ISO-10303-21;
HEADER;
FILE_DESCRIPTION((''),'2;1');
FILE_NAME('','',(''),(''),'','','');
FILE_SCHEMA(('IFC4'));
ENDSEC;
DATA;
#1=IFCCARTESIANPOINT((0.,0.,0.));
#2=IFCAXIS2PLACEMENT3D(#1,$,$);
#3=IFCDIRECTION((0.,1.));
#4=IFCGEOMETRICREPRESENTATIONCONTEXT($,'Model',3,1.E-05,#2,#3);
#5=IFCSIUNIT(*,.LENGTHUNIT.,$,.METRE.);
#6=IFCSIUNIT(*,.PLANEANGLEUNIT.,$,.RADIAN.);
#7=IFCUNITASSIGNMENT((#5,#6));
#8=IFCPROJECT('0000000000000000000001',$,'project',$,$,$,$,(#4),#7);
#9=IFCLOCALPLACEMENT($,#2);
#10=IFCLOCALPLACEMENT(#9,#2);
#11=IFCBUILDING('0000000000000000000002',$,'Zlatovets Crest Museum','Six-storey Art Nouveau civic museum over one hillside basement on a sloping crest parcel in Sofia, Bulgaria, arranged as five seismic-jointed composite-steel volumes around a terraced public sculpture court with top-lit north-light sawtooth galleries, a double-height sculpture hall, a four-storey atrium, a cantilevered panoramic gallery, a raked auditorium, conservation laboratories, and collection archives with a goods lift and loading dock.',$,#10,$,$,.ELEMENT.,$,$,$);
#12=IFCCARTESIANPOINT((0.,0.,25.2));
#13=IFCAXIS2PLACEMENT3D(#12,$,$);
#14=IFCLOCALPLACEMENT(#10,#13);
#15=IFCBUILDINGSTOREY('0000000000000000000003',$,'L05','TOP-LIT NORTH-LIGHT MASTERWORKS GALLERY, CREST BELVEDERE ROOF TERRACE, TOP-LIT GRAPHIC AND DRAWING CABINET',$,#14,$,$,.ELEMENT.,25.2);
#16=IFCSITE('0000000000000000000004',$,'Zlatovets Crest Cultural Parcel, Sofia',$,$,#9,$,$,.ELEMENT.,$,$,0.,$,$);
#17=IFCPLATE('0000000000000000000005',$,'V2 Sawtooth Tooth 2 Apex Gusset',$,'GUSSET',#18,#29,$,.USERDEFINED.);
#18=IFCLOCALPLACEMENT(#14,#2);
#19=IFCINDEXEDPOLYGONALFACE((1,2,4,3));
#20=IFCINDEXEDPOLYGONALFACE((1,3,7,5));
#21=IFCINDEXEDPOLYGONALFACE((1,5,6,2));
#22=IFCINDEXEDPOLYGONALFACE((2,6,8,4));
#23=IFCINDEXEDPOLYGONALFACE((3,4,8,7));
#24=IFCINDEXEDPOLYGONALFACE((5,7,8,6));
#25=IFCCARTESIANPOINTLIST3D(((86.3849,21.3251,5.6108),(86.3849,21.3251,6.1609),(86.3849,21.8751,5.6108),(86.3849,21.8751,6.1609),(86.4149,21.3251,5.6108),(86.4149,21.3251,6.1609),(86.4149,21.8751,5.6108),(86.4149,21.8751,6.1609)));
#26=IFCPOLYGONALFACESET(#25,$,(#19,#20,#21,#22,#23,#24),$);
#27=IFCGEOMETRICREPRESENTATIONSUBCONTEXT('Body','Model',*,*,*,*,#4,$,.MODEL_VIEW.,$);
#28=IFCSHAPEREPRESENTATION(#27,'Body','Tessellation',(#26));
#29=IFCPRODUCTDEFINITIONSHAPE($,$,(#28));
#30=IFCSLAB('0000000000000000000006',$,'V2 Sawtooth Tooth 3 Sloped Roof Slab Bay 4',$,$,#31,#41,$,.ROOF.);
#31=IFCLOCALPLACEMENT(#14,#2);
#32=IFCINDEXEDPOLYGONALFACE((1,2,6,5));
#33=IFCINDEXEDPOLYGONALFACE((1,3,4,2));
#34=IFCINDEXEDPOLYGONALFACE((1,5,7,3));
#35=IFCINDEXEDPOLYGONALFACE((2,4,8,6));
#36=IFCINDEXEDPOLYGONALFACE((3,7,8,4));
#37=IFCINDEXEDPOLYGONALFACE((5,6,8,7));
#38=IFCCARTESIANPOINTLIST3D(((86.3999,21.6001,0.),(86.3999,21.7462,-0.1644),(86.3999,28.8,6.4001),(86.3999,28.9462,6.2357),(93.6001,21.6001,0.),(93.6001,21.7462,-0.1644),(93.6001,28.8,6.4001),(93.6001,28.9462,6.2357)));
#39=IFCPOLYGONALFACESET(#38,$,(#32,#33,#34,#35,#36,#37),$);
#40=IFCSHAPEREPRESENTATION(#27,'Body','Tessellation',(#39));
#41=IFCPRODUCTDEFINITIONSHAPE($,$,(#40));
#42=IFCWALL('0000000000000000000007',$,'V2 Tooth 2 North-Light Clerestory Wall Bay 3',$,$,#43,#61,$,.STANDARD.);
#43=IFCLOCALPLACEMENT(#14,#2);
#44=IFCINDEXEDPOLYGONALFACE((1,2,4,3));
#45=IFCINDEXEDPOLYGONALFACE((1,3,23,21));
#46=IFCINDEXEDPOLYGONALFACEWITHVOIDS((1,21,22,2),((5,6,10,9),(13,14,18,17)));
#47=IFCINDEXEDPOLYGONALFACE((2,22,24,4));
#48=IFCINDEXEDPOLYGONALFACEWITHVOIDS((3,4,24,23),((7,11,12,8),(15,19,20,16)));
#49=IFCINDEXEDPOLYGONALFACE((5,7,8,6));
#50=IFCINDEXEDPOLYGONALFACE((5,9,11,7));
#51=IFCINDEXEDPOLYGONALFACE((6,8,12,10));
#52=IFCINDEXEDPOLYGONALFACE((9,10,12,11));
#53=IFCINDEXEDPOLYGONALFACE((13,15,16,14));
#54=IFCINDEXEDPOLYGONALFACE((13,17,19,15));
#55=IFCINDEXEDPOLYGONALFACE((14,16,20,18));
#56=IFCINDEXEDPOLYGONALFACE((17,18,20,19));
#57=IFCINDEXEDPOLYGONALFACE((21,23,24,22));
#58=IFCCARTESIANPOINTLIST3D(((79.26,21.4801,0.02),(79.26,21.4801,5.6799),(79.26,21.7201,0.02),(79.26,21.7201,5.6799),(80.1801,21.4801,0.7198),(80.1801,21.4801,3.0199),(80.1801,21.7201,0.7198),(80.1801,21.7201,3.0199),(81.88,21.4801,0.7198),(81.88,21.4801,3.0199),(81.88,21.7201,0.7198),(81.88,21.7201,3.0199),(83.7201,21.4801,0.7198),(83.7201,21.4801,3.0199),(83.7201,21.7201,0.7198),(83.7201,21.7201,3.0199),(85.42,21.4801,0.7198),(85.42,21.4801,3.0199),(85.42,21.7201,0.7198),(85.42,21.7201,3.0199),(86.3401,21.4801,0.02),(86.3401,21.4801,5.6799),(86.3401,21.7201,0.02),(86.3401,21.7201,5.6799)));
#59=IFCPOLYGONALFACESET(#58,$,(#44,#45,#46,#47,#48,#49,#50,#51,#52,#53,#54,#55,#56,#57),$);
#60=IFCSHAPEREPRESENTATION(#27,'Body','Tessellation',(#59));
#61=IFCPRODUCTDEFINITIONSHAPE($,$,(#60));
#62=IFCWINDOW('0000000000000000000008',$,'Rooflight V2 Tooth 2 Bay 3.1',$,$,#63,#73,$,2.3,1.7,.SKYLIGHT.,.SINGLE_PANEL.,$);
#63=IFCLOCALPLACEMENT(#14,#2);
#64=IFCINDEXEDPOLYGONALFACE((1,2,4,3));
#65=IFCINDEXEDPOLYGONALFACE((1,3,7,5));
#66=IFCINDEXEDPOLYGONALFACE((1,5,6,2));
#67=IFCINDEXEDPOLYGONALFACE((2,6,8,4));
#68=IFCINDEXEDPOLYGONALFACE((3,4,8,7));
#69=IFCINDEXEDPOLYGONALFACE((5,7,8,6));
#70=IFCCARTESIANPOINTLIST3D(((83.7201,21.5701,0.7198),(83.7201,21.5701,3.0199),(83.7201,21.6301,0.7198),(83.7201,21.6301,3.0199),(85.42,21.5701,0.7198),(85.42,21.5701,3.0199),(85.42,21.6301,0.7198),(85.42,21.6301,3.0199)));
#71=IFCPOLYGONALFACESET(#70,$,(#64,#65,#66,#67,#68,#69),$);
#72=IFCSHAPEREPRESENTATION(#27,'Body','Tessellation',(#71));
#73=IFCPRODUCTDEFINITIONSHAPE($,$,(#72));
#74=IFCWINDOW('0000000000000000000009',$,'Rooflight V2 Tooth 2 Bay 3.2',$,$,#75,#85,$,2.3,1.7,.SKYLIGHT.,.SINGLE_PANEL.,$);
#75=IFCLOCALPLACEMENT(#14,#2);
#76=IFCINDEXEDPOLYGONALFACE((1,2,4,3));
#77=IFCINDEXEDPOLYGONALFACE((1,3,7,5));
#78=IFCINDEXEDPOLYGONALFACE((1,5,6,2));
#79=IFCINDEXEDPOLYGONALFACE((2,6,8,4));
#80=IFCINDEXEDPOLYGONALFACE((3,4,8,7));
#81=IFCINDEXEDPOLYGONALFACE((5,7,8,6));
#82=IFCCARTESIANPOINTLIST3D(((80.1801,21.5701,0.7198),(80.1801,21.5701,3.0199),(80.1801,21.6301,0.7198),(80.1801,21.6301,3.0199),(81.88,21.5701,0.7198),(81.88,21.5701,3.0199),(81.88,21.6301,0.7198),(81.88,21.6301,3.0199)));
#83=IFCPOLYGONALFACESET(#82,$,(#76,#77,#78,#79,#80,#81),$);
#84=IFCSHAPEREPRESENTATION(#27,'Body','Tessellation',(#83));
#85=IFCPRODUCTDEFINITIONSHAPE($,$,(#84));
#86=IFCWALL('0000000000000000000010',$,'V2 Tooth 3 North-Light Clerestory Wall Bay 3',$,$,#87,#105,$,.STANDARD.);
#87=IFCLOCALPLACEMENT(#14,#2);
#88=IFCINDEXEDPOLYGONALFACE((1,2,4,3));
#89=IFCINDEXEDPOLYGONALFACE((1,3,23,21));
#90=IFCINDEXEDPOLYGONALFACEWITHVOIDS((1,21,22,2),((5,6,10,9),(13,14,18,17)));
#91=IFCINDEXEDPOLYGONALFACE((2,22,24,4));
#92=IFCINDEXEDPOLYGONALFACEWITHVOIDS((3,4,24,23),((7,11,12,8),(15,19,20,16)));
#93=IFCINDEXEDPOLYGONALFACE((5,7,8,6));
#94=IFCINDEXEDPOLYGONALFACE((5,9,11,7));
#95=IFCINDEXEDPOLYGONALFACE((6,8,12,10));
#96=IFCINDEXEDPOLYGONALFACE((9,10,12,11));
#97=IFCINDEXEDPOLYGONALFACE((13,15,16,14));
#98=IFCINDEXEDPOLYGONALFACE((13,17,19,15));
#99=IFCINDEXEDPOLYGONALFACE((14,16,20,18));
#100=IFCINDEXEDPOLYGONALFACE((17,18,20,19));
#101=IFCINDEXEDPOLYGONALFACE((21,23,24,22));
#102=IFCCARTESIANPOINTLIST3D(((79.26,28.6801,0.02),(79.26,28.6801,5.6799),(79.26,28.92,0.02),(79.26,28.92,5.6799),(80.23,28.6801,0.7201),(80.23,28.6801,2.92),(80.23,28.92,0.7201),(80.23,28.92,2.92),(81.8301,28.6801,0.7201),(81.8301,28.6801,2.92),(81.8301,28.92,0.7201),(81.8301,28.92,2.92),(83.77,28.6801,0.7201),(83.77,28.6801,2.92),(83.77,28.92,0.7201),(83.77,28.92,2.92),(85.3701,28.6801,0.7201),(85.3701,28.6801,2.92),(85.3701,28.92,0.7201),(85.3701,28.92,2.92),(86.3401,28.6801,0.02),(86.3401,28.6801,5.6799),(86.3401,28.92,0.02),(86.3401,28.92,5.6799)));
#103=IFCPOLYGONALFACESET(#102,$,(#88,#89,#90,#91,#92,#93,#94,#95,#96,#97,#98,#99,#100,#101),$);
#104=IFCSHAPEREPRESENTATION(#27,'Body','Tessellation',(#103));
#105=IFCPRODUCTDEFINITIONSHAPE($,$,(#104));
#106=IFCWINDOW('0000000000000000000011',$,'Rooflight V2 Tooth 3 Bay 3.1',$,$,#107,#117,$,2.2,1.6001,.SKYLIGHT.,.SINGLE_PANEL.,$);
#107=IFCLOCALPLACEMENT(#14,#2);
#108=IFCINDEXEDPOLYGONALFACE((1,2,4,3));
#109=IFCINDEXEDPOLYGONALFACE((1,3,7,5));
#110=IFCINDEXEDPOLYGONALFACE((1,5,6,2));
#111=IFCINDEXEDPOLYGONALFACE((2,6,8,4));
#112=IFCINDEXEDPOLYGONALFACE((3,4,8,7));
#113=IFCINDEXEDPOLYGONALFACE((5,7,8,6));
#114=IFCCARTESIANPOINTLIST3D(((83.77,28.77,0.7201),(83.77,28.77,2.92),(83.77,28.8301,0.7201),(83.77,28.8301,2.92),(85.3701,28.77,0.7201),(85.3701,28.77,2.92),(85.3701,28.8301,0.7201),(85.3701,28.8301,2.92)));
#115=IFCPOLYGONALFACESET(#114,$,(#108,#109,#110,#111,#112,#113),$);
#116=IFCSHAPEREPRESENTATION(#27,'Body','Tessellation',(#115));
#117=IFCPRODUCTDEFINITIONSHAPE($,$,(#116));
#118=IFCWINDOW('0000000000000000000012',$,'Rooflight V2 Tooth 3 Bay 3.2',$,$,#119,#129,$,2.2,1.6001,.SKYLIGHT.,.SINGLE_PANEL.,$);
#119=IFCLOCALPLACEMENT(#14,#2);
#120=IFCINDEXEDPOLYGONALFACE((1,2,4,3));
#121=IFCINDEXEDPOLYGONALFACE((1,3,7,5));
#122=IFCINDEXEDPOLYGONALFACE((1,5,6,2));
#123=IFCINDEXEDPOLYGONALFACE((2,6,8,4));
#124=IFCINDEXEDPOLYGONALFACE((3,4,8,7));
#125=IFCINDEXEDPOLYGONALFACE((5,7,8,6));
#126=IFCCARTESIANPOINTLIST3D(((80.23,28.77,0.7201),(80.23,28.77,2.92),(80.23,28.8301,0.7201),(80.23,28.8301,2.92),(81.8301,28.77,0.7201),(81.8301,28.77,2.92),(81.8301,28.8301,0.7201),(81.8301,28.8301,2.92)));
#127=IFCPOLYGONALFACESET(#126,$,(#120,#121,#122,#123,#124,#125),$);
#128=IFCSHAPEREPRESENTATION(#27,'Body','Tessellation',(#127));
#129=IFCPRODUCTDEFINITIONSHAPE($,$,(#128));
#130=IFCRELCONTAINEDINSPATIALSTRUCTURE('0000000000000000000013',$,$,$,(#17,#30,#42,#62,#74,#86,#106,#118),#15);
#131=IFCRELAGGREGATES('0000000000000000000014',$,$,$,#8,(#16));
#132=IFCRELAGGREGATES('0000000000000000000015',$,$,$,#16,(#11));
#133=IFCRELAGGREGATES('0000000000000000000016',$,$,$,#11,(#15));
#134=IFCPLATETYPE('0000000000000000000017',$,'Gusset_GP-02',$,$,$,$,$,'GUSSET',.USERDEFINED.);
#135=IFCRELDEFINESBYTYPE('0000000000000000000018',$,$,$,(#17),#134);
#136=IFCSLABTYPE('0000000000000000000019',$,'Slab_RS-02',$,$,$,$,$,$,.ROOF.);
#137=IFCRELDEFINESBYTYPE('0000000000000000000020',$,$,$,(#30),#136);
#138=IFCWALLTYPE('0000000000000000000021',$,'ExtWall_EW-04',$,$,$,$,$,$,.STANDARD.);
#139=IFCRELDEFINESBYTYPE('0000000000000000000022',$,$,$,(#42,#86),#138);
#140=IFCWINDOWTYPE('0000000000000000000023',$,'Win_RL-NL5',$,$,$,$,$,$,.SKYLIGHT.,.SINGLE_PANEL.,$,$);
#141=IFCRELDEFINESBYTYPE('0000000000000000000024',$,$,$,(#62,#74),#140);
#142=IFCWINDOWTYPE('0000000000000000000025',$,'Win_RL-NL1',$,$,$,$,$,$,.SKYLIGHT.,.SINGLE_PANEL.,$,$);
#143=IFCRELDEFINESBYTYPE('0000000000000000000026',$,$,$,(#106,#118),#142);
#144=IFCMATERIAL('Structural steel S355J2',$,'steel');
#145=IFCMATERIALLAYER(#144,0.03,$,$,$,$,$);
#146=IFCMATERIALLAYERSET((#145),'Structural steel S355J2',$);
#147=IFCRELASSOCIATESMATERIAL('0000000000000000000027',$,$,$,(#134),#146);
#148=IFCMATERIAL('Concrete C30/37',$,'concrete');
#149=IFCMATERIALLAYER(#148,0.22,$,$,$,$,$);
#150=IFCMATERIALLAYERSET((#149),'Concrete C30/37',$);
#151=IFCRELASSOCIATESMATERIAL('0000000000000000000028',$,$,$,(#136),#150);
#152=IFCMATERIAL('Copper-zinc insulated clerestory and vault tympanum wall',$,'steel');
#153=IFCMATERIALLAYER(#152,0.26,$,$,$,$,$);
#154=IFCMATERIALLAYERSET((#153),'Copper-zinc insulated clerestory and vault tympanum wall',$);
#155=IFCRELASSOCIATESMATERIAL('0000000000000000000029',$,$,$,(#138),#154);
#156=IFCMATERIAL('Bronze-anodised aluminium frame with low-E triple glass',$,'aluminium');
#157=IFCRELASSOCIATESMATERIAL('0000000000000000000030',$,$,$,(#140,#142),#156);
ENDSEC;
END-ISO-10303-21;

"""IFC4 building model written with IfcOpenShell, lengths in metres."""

from ifc_helpers import new_model, si_unit, direction, frame, frame_2d, origin, origin_2d, place, context, subcontext, project, spatial, polyline, rectangle, outline, extrude, material, layer, layer_set, type_object, element, fill, save


model = new_model("IFC4")

# Units and contexts
model_context = context("Model", 3, precision=1e-05, world=origin(), true_north=direction((0.0, 1.0)))
body_context = subcontext(model_context, "Body", "Model", "MODEL_VIEW")
ifc_project = project(units=[si_unit("LENGTHUNIT", "METRE"), si_unit("PLANEANGLEUNIT", "RADIAN")], contexts=[model_context])

# Site, building, storey
site_placement = place(None, origin())
site = spatial("IfcSite", under=ifc_project, at=site_placement, Name="Zlatovets Crest Cultural Parcel, Sofia", CompositionType="ELEMENT", RefElevation=0.0)
building_placement = place(site_placement, origin())
building = spatial("IfcBuilding", under=site, at=building_placement, Name="Zlatovets Crest Museum", Description="Six-storey Art Nouveau civic museum over one hillside basement on a sloping crest parcel in Sofia, Bulgaria, arranged as five seismic-jointed composite-steel volumes around a terraced public sculpture court with top-lit north-light sawtooth galleries, a double-height sculpture hall, a four-storey atrium, a cantilevered panoramic gallery, a raked auditorium, conservation laboratories, and collection archives with a goods lift and loading dock.", CompositionType="ELEMENT")
storey_placement = place(building_placement, frame((0.0, 0.0, 25.2)))
storey = spatial("IfcBuildingStorey", under=building, at=storey_placement, Name="L05", Description="TOP-LIT NORTH-LIGHT MASTERWORKS GALLERY, CREST BELVEDERE ROOF TERRACE, TOP-LIT GRAPHIC AND DRAWING CABINET", CompositionType="ELEMENT", Elevation=25.2)

# Shared definitions
ifc_material_1 = material(Name="Structural steel S355J2", Category="steel")

# Plate
ifc_layer_1 = layer(ifc_material_1, 0.03)
ifc_layer_set_1 = layer_set([ifc_layer_1], Name="Structural steel S355J2")
plate_type = type_object("IfcPlateType", Name="Gusset_GP-02", ElementType="GUSSET", PredefinedType="USERDEFINED", material=ifc_layer_set_1)
plate_placement = place(storey_placement, frame((86.3999, 21.6001, 5.6108), z_axis=(0.0, 0.0, 1.0), x_axis=(1.0, 0.0, 0.0)))
element("IfcPlate", 1, at=plate_placement, inside=storey, type_object=plate_type, Name="V2 Sawtooth Tooth 2 Apex Gusset", ObjectType="GUSSET", PredefinedType="USERDEFINED", context=body_context, shape_type="SweptSolid", body=[
    extrude(rectangle(XDim=0.03, YDim=0.55, at=origin_2d()), origin(), (0.0, 0.0, 1.0), 0.55),
])

# Slab
ifc_material_2 = material(Name="Concrete C30/37", Category="concrete")
ifc_layer_2 = layer(ifc_material_2, 0.22)
ifc_layer_set_2 = layer_set([ifc_layer_2], Name="Concrete C30/37")
slab_type = type_object("IfcSlabType", Name="Slab_RS-02", PredefinedType="ROOF", material=ifc_layer_set_2)
slab_placement = place(storey_placement, frame((86.3999, 21.6001, 0.0), z_axis=(0.0, -0.664375, 0.7474), x_axis=(1.0, 0.0, 0.0)))
element("IfcSlab", 2, at=slab_placement, inside=storey, type_object=slab_type, Name="V2 Sawtooth Tooth 3 Sloped Roof Slab Bay 4", PredefinedType="ROOF", context=body_context, shape_type="SweptSolid", body=[
    extrude(outline(polyline([(0.0, 0.0), (7.2002, 0.0), (7.2002, 9.6333), (0.0, 9.6333), (0.0, 0.0)])), origin(), (0.0, 0.0, -1.0), 0.22),
])

# Walls, openings, windows
ifc_material_3 = material(Name="Copper-zinc insulated clerestory and vault tympanum wall", Category="steel")
ifc_layer_3 = layer(ifc_material_3, 0.26)
ifc_layer_set_3 = layer_set([ifc_layer_3], Name="Copper-zinc insulated clerestory and vault tympanum wall")
wall_type = type_object("IfcWallType", Name="ExtWall_EW-04", PredefinedType="STANDARD", material=ifc_layer_set_3)
wall_1_placement = place(storey_placement, frame((86.3401, 21.6001, 0.02), z_axis=(0.0, 0.0, 1.0), x_axis=(-1.0, 0.0, 0.0)))
wall_1 = element("IfcWall", 3, at=wall_1_placement, inside=storey, type_object=wall_type, Name="V2 Tooth 2 North-Light Clerestory Wall Bay 3", PredefinedType="STANDARD", context=body_context, shape_type="SweptSolid", body=[
    extrude(rectangle(XDim=7.0801, YDim=0.24, at=frame_2d((3.54, 0.0))), origin(), (0.0, 0.0, 1.0), 5.6599),
])
opening_1_placement = place(wall_1_placement, frame((0.9199, 0.0, 0.7)))
opening_1 = element("IfcOpeningElement", 4, at=opening_1_placement, cuts=wall_1, PredefinedType="OPENING", context=body_context, shape_type="SweptSolid", body=[
    extrude(rectangle(XDim=1.7, YDim=2.3, at=frame_2d((0.8501, 1.1499))), frame((0.0, 0.1299, 0.0), z_axis=(0.0, -1.0, 0.0), x_axis=(1.0, 0.0, 0.0)), (0.0, 0.0, 1.0), 0.26),
])
opening_2_placement = place(wall_1_placement, frame((4.46, 0.0, 0.7)))
opening_2 = element("IfcOpeningElement", 5, at=opening_2_placement, cuts=wall_1, PredefinedType="OPENING", context=body_context, shape_type="SweptSolid", body=[
    extrude(rectangle(XDim=1.7, YDim=2.3, at=frame_2d((0.8501, 1.1499))), frame((0.0, 0.1299, 0.0), z_axis=(0.0, -1.0, 0.0), x_axis=(1.0, 0.0, 0.0)), (0.0, 0.0, 1.0), 0.26),
])
ifc_material_4 = material(Name="Bronze-anodised aluminium frame with low-E triple glass", Category="aluminium")
window_type_1 = type_object("IfcWindowType", Name="Win_RL-NL5", PartitioningType="SINGLE_PANEL", PredefinedType="SKYLIGHT", material=ifc_material_4)
window_1_placement = place(opening_1_placement, origin())
window_1 = element("IfcWindow", 6, at=window_1_placement, inside=storey, type_object=window_type_1, Name="Rooflight V2 Tooth 2 Bay 3.1", OverallHeight=2.3, OverallWidth=1.7, PartitioningType="SINGLE_PANEL", PredefinedType="SKYLIGHT", context=body_context, shape_type="SweptSolid", body=[
    extrude(rectangle(XDim=1.7, YDim=2.3, at=frame_2d((0.8501, 1.1499))), frame((0.0, 0.03, 0.0), z_axis=(0.0, -1.0, 0.0), x_axis=(1.0, 0.0, 0.0)), (0.0, 0.0, 1.0), 0.0601),
])
fill(opening_1, window_1)
window_2_placement = place(opening_2_placement, origin())
window_2 = element("IfcWindow", 7, at=window_2_placement, inside=storey, type_object=window_type_1, Name="Rooflight V2 Tooth 2 Bay 3.2", OverallHeight=2.3, OverallWidth=1.7, PartitioningType="SINGLE_PANEL", PredefinedType="SKYLIGHT", context=body_context, shape_type="SweptSolid", body=[
    extrude(rectangle(XDim=1.7, YDim=2.3, at=frame_2d((0.8501, 1.1499))), frame((0.0, 0.03, 0.0), z_axis=(0.0, -1.0, 0.0), x_axis=(1.0, 0.0, 0.0)), (0.0, 0.0, 1.0), 0.0601),
])
fill(opening_2, window_2)
wall_2_placement = place(storey_placement, frame((86.3401, 28.8, 0.02), z_axis=(0.0, 0.0, 1.0), x_axis=(-1.0, 0.0, 0.0)))
wall_2 = element("IfcWall", 8, at=wall_2_placement, inside=storey, type_object=wall_type, Name="V2 Tooth 3 North-Light Clerestory Wall Bay 3", PredefinedType="STANDARD", context=body_context, shape_type="SweptSolid", body=[
    extrude(rectangle(XDim=7.0801, YDim=0.24, at=frame_2d((3.54, 0.0))), origin(), (0.0, 0.0, 1.0), 5.6599),
])
opening_3_placement = place(wall_2_placement, frame((0.97, 0.0, 0.7)))
opening_3 = element("IfcOpeningElement", 9, at=opening_3_placement, cuts=wall_2, PredefinedType="OPENING", context=body_context, shape_type="SweptSolid", body=[
    extrude(rectangle(XDim=1.6001, YDim=2.2, at=frame_2d((0.8, 1.1001))), frame((0.0, 0.1299, 0.0), z_axis=(0.0, -1.0, 0.0), x_axis=(1.0, 0.0, 0.0)), (0.0, 0.0, 1.0), 0.26),
])
opening_4_placement = place(wall_2_placement, frame((4.51, 0.0, 0.7)))
opening_4 = element("IfcOpeningElement", 10, at=opening_4_placement, cuts=wall_2, PredefinedType="OPENING", context=body_context, shape_type="SweptSolid", body=[
    extrude(rectangle(XDim=1.6001, YDim=2.2, at=frame_2d((0.8, 1.1001))), frame((0.0, 0.1299, 0.0), z_axis=(0.0, -1.0, 0.0), x_axis=(1.0, 0.0, 0.0)), (0.0, 0.0, 1.0), 0.26),
])
window_type_2 = type_object("IfcWindowType", Name="Win_RL-NL1", PartitioningType="SINGLE_PANEL", PredefinedType="SKYLIGHT", material=ifc_material_4)
window_3_placement = place(opening_3_placement, origin())
window_3 = element("IfcWindow", 11, at=window_3_placement, inside=storey, type_object=window_type_2, Name="Rooflight V2 Tooth 3 Bay 3.1", OverallHeight=2.2, OverallWidth=1.6001, PartitioningType="SINGLE_PANEL", PredefinedType="SKYLIGHT", context=body_context, shape_type="SweptSolid", body=[
    extrude(rectangle(XDim=1.6001, YDim=2.2, at=frame_2d((0.8, 1.1001))), frame((0.0, 0.03, 0.0), z_axis=(0.0, -1.0, 0.0), x_axis=(1.0, 0.0, 0.0)), (0.0, 0.0, 1.0), 0.0601),
])
fill(opening_3, window_3)
window_4_placement = place(opening_4_placement, origin())
window_4 = element("IfcWindow", 12, at=window_4_placement, inside=storey, type_object=window_type_2, Name="Rooflight V2 Tooth 3 Bay 3.2", OverallHeight=2.2, OverallWidth=1.6001, PartitioningType="SINGLE_PANEL", PredefinedType="SKYLIGHT", context=body_context, shape_type="SweptSolid", body=[
    extrude(rectangle(XDim=1.6001, YDim=2.2, at=frame_2d((0.8, 1.1001))), frame((0.0, 0.03, 0.0), z_axis=(0.0, -1.0, 0.0), x_axis=(1.0, 0.0, 0.0)), (0.0, 0.0, 1.0), 0.0601),
])
fill(opening_4, window_4)

save(model, "model.ifc")
